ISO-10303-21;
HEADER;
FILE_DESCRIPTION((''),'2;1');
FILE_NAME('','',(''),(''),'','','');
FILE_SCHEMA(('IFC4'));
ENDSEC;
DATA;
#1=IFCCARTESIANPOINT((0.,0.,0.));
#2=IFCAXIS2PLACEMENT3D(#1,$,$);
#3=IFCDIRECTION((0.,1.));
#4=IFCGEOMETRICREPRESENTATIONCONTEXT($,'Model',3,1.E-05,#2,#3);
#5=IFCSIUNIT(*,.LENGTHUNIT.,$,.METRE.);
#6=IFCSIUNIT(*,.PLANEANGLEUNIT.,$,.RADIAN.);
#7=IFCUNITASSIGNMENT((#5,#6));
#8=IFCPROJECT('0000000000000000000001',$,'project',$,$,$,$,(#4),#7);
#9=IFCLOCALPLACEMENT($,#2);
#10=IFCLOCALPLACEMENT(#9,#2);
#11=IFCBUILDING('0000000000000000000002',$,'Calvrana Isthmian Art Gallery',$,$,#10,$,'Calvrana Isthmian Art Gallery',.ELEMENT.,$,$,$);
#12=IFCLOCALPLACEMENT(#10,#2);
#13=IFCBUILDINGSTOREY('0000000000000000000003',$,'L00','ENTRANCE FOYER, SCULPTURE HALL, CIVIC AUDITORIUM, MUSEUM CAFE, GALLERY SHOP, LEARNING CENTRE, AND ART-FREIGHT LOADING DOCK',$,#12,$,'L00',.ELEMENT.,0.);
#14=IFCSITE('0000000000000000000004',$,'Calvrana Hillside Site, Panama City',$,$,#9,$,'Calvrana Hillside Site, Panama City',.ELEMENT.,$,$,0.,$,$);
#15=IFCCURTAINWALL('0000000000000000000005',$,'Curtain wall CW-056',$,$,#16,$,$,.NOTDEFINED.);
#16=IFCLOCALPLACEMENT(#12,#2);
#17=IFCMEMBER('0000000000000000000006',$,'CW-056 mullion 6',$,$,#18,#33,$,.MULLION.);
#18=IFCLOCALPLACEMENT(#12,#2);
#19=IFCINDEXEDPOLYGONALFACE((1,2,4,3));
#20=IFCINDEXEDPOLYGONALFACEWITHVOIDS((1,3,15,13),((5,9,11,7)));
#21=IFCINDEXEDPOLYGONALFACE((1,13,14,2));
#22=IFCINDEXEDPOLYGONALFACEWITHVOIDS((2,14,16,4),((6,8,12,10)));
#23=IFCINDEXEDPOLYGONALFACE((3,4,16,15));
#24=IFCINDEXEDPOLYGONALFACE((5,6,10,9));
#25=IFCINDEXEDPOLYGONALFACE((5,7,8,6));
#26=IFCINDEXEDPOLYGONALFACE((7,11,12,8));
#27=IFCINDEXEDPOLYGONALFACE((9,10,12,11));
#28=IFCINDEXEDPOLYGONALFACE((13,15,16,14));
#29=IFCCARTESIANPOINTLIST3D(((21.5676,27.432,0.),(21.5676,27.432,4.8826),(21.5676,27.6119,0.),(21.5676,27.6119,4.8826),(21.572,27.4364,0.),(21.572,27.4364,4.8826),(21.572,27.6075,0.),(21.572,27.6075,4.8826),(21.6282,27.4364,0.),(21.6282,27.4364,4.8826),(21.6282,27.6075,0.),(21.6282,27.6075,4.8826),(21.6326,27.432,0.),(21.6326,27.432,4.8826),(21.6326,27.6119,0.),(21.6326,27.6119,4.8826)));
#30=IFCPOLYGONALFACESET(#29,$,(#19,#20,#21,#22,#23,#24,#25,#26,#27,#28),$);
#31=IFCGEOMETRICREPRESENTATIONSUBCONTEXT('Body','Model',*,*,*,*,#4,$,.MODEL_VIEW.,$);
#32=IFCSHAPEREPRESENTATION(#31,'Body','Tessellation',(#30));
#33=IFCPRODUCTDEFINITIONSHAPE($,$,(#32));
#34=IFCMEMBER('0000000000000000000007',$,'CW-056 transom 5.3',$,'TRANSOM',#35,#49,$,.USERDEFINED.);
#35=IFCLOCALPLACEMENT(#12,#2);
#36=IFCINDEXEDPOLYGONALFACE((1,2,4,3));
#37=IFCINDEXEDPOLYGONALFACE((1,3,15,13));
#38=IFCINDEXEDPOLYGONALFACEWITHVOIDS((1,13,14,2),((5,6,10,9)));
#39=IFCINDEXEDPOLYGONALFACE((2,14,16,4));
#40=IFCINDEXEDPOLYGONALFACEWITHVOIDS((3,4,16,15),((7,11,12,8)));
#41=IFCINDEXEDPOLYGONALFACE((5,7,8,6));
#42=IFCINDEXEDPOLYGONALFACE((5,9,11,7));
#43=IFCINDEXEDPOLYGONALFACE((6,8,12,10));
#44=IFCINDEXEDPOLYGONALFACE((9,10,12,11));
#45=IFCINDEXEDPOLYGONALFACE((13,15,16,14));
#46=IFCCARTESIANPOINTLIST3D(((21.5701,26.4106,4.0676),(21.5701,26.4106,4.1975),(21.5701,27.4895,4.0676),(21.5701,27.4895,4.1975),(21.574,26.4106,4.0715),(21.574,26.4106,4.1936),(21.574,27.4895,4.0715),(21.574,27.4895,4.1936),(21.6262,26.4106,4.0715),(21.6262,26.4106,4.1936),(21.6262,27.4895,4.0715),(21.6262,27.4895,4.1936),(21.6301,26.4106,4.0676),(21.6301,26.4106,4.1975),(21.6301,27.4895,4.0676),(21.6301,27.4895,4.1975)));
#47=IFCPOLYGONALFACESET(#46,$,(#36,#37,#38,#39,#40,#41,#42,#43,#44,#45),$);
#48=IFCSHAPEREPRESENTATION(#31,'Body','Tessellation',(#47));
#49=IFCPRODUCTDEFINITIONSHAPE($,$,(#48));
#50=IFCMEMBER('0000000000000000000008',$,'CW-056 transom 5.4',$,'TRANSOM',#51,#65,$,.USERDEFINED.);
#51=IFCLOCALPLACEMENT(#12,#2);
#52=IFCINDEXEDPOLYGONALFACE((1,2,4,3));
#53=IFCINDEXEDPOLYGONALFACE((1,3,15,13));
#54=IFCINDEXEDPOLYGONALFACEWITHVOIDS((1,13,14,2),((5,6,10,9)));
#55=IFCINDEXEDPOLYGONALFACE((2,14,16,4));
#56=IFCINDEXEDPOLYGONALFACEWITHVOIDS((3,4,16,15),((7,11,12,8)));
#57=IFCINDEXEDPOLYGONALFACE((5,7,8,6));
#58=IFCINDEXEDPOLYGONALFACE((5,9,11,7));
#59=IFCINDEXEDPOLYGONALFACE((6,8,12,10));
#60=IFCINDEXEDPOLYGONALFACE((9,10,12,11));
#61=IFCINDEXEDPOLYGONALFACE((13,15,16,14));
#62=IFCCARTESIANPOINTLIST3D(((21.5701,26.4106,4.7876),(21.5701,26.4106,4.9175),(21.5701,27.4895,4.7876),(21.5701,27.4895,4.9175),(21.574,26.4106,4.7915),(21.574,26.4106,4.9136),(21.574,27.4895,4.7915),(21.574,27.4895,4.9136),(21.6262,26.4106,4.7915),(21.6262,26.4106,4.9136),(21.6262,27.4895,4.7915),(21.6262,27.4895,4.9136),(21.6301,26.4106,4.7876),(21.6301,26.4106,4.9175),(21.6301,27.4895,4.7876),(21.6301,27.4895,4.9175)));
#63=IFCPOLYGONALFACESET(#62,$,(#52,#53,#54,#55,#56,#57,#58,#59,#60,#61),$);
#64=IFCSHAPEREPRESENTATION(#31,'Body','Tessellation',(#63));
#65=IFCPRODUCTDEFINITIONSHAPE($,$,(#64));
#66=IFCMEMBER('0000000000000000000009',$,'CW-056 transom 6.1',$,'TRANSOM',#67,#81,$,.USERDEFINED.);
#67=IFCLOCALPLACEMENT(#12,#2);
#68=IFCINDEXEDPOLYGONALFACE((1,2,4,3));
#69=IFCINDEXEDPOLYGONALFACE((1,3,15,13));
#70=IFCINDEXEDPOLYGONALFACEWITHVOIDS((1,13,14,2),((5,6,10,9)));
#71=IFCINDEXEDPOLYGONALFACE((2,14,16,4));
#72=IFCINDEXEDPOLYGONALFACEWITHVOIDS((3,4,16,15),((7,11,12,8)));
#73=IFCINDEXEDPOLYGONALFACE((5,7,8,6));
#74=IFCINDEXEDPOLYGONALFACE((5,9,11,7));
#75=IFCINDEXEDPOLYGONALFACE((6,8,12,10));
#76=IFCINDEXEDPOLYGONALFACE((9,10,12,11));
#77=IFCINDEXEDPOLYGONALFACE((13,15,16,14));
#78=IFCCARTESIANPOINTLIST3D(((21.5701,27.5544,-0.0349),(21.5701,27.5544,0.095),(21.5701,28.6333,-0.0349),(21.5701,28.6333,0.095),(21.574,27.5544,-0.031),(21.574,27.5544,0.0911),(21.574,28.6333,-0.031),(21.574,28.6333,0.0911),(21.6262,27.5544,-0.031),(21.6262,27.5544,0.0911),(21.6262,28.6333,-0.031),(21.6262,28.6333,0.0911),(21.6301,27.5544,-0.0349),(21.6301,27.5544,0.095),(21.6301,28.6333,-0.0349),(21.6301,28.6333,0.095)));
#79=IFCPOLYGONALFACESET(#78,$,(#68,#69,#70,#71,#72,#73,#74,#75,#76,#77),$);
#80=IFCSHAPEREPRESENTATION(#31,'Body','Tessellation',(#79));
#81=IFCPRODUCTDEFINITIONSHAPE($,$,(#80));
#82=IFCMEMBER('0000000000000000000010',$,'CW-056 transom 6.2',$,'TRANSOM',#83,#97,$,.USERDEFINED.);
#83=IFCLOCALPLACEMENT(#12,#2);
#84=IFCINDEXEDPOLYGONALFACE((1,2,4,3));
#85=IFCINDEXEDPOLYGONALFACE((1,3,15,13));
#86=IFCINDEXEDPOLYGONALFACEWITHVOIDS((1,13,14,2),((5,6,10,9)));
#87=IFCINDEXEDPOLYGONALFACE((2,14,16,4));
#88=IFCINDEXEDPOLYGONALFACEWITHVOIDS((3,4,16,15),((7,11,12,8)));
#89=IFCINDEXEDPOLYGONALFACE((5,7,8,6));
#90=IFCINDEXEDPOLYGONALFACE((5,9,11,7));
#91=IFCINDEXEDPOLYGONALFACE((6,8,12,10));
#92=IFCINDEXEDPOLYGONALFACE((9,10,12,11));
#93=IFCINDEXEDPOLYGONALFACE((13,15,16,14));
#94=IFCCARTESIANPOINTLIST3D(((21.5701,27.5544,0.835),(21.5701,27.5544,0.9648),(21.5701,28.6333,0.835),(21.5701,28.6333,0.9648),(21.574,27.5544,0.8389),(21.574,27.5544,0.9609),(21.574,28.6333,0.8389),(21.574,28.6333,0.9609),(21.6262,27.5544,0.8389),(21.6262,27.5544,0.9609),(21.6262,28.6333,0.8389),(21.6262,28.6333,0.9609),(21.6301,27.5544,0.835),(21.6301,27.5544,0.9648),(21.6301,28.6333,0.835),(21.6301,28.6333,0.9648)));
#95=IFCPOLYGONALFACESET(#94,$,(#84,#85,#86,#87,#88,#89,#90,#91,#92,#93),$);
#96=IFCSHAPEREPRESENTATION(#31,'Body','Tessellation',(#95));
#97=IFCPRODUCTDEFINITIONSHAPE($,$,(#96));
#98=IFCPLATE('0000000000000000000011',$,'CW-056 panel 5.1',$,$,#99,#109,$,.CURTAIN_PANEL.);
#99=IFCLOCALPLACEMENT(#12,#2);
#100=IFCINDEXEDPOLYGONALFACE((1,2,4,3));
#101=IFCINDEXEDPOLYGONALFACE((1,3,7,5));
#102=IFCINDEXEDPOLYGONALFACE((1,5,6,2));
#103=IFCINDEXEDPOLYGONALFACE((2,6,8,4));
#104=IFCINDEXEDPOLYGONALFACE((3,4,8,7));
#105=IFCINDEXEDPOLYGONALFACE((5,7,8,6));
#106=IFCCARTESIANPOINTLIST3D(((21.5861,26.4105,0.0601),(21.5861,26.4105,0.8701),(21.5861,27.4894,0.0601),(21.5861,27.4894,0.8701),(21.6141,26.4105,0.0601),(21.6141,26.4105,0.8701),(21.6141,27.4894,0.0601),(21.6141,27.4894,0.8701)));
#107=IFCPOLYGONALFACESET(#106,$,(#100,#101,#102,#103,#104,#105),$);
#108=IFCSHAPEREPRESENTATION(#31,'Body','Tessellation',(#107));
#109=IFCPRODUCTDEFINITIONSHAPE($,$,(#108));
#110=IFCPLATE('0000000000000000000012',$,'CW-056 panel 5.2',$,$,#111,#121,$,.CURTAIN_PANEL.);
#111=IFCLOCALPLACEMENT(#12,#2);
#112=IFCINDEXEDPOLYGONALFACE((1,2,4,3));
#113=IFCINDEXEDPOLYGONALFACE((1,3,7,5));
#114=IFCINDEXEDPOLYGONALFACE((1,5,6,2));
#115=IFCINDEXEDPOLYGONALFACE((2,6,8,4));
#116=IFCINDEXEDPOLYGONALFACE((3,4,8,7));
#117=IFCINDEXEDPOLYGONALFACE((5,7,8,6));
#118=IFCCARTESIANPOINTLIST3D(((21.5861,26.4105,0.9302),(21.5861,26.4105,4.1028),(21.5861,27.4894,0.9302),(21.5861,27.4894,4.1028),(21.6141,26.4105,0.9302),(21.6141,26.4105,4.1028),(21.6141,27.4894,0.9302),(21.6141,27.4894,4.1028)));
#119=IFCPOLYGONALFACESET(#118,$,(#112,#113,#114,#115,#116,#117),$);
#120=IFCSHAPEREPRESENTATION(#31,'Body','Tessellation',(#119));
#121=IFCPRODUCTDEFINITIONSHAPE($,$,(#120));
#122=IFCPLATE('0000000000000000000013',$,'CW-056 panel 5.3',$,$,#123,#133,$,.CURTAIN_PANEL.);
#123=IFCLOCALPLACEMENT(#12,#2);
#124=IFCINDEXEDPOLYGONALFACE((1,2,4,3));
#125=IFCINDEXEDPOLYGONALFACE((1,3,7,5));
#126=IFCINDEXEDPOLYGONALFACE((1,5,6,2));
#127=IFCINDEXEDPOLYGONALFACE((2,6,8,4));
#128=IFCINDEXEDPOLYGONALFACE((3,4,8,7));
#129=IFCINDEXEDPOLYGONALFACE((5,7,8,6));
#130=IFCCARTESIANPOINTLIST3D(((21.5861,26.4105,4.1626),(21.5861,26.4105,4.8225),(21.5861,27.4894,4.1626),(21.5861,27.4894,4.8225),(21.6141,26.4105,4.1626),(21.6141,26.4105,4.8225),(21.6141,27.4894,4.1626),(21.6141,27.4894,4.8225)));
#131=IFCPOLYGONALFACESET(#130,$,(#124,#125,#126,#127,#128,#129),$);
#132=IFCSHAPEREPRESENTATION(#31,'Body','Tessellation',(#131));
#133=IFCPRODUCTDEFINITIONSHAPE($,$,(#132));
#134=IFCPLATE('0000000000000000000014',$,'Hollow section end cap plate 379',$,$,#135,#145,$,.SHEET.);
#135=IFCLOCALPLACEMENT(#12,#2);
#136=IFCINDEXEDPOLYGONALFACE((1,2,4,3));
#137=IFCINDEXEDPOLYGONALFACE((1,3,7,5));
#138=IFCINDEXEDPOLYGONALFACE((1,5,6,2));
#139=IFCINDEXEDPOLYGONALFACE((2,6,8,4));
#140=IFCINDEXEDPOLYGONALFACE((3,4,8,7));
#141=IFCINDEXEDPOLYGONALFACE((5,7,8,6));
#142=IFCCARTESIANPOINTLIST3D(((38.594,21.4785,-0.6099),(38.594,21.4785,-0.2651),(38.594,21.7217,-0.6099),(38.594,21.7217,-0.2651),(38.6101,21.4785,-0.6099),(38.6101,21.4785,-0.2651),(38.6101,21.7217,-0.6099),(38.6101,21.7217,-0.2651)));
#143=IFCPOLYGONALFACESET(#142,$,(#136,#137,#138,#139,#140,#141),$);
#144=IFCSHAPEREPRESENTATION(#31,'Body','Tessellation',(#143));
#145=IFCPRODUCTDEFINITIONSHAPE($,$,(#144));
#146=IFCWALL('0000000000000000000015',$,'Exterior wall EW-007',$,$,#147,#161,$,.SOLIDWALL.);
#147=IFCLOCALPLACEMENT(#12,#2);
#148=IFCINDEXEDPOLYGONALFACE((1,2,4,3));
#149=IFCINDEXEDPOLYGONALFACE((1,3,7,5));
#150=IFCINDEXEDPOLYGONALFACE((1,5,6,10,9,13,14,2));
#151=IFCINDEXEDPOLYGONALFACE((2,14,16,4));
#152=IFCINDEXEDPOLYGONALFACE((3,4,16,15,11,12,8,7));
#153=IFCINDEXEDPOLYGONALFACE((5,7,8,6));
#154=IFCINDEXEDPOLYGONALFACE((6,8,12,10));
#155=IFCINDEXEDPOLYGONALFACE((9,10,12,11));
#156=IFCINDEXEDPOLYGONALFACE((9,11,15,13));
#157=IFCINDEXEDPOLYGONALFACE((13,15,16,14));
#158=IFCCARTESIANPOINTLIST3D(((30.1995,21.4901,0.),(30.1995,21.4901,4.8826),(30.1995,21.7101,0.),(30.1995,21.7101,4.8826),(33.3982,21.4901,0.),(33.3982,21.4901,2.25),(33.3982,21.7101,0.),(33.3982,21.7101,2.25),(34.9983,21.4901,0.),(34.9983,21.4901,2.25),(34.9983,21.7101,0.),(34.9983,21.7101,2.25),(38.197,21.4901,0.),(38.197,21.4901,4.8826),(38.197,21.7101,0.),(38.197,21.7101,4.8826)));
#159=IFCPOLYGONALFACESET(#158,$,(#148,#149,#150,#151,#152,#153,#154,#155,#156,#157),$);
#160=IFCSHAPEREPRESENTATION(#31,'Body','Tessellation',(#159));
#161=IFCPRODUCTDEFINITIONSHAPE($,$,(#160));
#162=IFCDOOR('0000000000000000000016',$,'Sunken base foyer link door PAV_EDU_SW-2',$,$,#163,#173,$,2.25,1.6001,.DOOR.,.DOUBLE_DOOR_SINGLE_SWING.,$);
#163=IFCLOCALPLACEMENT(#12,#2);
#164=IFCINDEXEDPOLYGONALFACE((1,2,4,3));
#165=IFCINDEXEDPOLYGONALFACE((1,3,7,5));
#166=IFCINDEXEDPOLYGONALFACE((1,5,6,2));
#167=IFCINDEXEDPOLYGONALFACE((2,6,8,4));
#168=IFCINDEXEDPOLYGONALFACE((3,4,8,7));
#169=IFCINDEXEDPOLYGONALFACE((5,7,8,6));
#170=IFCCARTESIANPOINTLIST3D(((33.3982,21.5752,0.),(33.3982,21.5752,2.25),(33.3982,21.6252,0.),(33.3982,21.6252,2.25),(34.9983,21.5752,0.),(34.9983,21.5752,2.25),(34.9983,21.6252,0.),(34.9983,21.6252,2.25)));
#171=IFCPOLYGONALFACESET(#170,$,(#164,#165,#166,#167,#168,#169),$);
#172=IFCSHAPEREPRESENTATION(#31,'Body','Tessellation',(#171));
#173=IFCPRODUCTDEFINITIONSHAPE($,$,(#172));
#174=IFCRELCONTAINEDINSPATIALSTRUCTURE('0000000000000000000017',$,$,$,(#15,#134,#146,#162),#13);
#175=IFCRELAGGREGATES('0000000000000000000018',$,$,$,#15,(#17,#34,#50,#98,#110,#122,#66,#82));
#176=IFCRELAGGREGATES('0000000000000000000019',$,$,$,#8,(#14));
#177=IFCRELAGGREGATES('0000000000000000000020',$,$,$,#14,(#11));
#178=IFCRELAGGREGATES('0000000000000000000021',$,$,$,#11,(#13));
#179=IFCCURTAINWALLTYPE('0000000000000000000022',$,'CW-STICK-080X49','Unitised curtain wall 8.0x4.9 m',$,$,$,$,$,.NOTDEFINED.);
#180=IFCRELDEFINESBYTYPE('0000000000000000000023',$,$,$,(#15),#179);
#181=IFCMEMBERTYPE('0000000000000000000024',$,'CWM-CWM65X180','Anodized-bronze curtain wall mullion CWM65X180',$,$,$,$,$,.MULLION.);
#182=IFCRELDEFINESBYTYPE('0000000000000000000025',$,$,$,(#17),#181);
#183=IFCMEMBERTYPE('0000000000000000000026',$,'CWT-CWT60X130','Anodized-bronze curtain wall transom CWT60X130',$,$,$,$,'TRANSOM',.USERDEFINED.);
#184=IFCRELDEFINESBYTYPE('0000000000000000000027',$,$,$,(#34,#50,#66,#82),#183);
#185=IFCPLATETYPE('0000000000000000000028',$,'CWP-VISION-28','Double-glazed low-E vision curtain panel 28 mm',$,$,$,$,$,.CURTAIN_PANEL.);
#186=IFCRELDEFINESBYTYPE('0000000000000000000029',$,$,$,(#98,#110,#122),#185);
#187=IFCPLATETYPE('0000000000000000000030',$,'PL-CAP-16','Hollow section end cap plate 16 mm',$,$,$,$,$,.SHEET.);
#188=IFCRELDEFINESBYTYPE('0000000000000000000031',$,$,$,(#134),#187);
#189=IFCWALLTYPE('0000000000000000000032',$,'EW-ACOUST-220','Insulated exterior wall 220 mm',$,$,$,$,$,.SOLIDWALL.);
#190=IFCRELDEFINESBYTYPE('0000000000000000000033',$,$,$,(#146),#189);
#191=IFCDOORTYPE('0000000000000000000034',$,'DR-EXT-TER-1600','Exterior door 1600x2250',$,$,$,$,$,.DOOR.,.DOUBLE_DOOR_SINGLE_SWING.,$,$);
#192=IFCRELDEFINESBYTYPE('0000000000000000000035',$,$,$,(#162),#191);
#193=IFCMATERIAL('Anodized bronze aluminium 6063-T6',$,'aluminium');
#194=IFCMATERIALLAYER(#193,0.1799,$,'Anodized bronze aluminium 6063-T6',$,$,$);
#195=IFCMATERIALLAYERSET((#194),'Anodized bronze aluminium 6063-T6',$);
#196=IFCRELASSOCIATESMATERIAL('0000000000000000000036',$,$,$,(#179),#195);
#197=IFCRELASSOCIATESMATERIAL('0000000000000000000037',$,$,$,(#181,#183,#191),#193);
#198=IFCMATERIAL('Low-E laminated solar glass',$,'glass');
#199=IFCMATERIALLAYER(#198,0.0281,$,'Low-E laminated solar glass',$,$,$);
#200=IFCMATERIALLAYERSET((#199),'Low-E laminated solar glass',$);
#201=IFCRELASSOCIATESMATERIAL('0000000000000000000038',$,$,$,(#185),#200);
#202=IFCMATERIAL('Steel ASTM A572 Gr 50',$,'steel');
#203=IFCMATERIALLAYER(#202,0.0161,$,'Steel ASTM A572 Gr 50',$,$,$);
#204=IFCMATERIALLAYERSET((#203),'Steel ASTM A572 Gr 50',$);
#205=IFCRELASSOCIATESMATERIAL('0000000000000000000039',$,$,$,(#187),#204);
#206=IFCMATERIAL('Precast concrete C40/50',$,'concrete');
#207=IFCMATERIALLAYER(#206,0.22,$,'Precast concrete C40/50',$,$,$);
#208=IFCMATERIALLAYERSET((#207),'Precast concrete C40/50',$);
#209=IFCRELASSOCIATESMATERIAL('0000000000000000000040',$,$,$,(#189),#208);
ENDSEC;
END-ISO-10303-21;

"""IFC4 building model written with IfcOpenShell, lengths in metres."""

from ifc_helpers import new_model, si_unit, direction, frame, frame_2d, origin, origin_2d, place, context, subcontext, project, spatial, rectangle, hollow_rectangle, extrude, material, layer, layer_set, material_profile, profile_set, type_object, element, fill, aggregate, save


model = new_model("IFC4")

# Units and contexts
model_context = context("Model", 3, precision=1e-05, world=origin(), true_north=direction((0.0, 1.0)))
body_context = subcontext(model_context, "Body", "Model", "MODEL_VIEW")
ifc_project = project(units=[si_unit("LENGTHUNIT", "METRE"), si_unit("PLANEANGLEUNIT", "RADIAN")], contexts=[model_context])

# Site, building, storey
site_placement = place(None, origin())
site = spatial("IfcSite", under=ifc_project, at=site_placement, Name="Calvrana Hillside Site, Panama City", LongName="Calvrana Hillside Site, Panama City", CompositionType="ELEMENT", RefElevation=0.0)
building_placement = place(site_placement, origin())
building = spatial("IfcBuilding", under=site, at=building_placement, Name="Calvrana Isthmian Art Gallery", LongName="Calvrana Isthmian Art Gallery", CompositionType="ELEMENT")
storey_placement = place(building_placement, origin())
storey = spatial("IfcBuildingStorey", under=building, at=storey_placement, Name="L00", Description="ENTRANCE FOYER, SCULPTURE HALL, CIVIC AUDITORIUM, MUSEUM CAFE, GALLERY SHOP, LEARNING CENTRE, AND ART-FREIGHT LOADING DOCK", LongName="L00", CompositionType="ELEMENT", Elevation=0.0)

# Curtain wall, members, plates
ifc_material_1 = material(Name="Anodized bronze aluminium 6063-T6", Category="aluminium")
ifc_layer_1 = layer(ifc_material_1, 0.1799, Name="Anodized bronze aluminium 6063-T6")
ifc_layer_set_1 = layer_set([ifc_layer_1], Name="Anodized bronze aluminium 6063-T6")
curtain_wall_type = type_object("IfcCurtainWallType", Name="CW-STICK-080X49", Description="Unitised curtain wall 8.0x4.9 m", PredefinedType="NOTDEFINED", material=ifc_layer_set_1)
curtain_wall_placement = place(storey_placement, origin())
curtain_wall = element("IfcCurtainWall", 1, at=curtain_wall_placement, inside=storey, type_object=curtain_wall_type, Name="Curtain wall CW-056", PredefinedType="NOTDEFINED")
ifc_material_profile_1 = material_profile(ifc_material_1, hollow_rectangle(XDim=0.0649, YDim=0.1799, WallThickness=0.0044, at=origin_2d()), Name="CWM65X180")
ifc_profile_set_1 = profile_set([ifc_material_profile_1], Name="Anodized bronze aluminium 6063-T6")
member_type_1 = type_object("IfcMemberType", Name="CWM-CWM65X180", Description="Anodized-bronze curtain wall mullion CWM65X180", PredefinedType="MULLION", material=ifc_profile_set_1)
member_1_placement = place(storey_placement, frame((21.6001, 27.522, 0.0), z_axis=(0.0, 0.0, 1.0), x_axis=(-1.0, 0.0, 0.0)))
member_1 = element("IfcMember", 2, at=member_1_placement, type_object=member_type_1, Name="CW-056 mullion 6", PredefinedType="MULLION", context=body_context, shape_type="SweptSolid", body=[
    extrude(hollow_rectangle(XDim=0.0649, YDim=0.1799, WallThickness=0.0044, at=origin_2d()), origin(), (0.0, 0.0, 1.0), 4.8826),
])
ifc_material_profile_2 = material_profile(ifc_material_1, hollow_rectangle(XDim=0.0601, YDim=0.1299, WallThickness=0.0039, at=origin_2d()), Name="CWT60X130")
ifc_profile_set_2 = profile_set([ifc_material_profile_2], Name="Anodized bronze aluminium 6063-T6")
member_type_2 = type_object("IfcMemberType", Name="CWT-CWT60X130", Description="Anodized-bronze curtain wall transom CWT60X130", ElementType="TRANSOM", PredefinedType="USERDEFINED", material=ifc_profile_set_2)
member_2_placement = place(storey_placement, frame((21.6001, 26.4106, 4.1326), z_axis=(0.0, 1.0, 0.0), x_axis=(-1.0, 0.0, 0.0)))
member_2 = element("IfcMember", 3, at=member_2_placement, type_object=member_type_2, Name="CW-056 transom 5.3", ObjectType="TRANSOM", PredefinedType="USERDEFINED", context=body_context, shape_type="SweptSolid", body=[
    extrude(hollow_rectangle(XDim=0.0601, YDim=0.1299, WallThickness=0.0039, at=origin_2d()), origin(), (0.0, 0.0, 1.0), 1.0789),
])
member_3_placement = place(storey_placement, frame((21.6001, 26.4106, 4.8525), z_axis=(0.0, 1.0, 0.0), x_axis=(-1.0, 0.0, 0.0)))
member_3 = element("IfcMember", 4, at=member_3_placement, type_object=member_type_2, Name="CW-056 transom 5.4", ObjectType="TRANSOM", PredefinedType="USERDEFINED", context=body_context, shape_type="SweptSolid", body=[
    extrude(hollow_rectangle(XDim=0.0601, YDim=0.1299, WallThickness=0.0039, at=origin_2d()), origin(), (0.0, 0.0, 1.0), 1.0789),
])
member_4_placement = place(storey_placement, frame((21.6001, 27.5544, 0.03), z_axis=(0.0, 1.0, 0.0), x_axis=(-1.0, 0.0, 0.0)))
member_4 = element("IfcMember", 5, at=member_4_placement, type_object=member_type_2, Name="CW-056 transom 6.1", ObjectType="TRANSOM", PredefinedType="USERDEFINED", context=body_context, shape_type="SweptSolid", body=[
    extrude(hollow_rectangle(XDim=0.0601, YDim=0.1299, WallThickness=0.0039, at=origin_2d()), origin(), (0.0, 0.0, 1.0), 1.0789),
])
member_5_placement = place(storey_placement, frame((21.6001, 27.5544, 0.8999), z_axis=(0.0, 1.0, 0.0), x_axis=(-1.0, 0.0, 0.0)))
member_5 = element("IfcMember", 6, at=member_5_placement, type_object=member_type_2, Name="CW-056 transom 6.2", ObjectType="TRANSOM", PredefinedType="USERDEFINED", context=body_context, shape_type="SweptSolid", body=[
    extrude(hollow_rectangle(XDim=0.0601, YDim=0.1299, WallThickness=0.0039, at=origin_2d()), origin(), (0.0, 0.0, 1.0), 1.0789),
])
ifc_material_2 = material(Name="Low-E laminated solar glass", Category="glass")
ifc_layer_2 = layer(ifc_material_2, 0.0281, Name="Low-E laminated solar glass")
ifc_layer_set_2 = layer_set([ifc_layer_2], Name="Low-E laminated solar glass")
plate_type_1 = type_object("IfcPlateType", Name="CWP-VISION-28", Description="Double-glazed low-E vision curtain panel 28 mm", PredefinedType="CURTAIN_PANEL", material=ifc_layer_set_2)
plate_1_placement = place(storey_placement, frame((21.6001, 26.95, 0.0601), z_axis=(0.0, 0.0, 1.0), x_axis=(0.0, 1.0, 0.0)))
plate_1 = element("IfcPlate", 7, at=plate_1_placement, type_object=plate_type_1, Name="CW-056 panel 5.1", PredefinedType="CURTAIN_PANEL", context=body_context, shape_type="SweptSolid", body=[
    extrude(rectangle(XDim=1.0789, YDim=0.0281, at=origin_2d()), origin(), (0.0, 0.0, 1.0), 0.8101),
])
plate_2_placement = place(storey_placement, frame((21.6001, 26.95, 0.9302), z_axis=(0.0, 0.0, 1.0), x_axis=(0.0, 1.0, 0.0)))
plate_2 = element("IfcPlate", 8, at=plate_2_placement, type_object=plate_type_1, Name="CW-056 panel 5.2", PredefinedType="CURTAIN_PANEL", context=body_context, shape_type="SweptSolid", body=[
    extrude(rectangle(XDim=1.0789, YDim=0.0281, at=origin_2d()), origin(), (0.0, 0.0, 1.0), 3.1726),
])
plate_3_placement = place(storey_placement, frame((21.6001, 26.95, 4.1626), z_axis=(0.0, 0.0, 1.0), x_axis=(0.0, 1.0, 0.0)))
plate_3 = element("IfcPlate", 9, at=plate_3_placement, type_object=plate_type_1, Name="CW-056 panel 5.3", PredefinedType="CURTAIN_PANEL", context=body_context, shape_type="SweptSolid", body=[
    extrude(rectangle(XDim=1.0789, YDim=0.0281, at=origin_2d()), origin(), (0.0, 0.0, 1.0), 0.6599),
])
aggregate(curtain_wall, [member_1, member_2, member_3, plate_1, plate_2, plate_3, member_4, member_5])

# Plate
ifc_material_3 = material(Name="Steel ASTM A572 Gr 50", Category="steel")
ifc_layer_3 = layer(ifc_material_3, 0.0161, Name="Steel ASTM A572 Gr 50")
ifc_layer_set_3 = layer_set([ifc_layer_3], Name="Steel ASTM A572 Gr 50")
plate_type_2 = type_object("IfcPlateType", Name="PL-CAP-16", Description="Hollow section end cap plate 16 mm", PredefinedType="SHEET", material=ifc_layer_set_3)
plate_4_placement = place(storey_placement, frame((38.6021, 21.6001, -0.6099), z_axis=(0.0, 0.0, 1.0), x_axis=(1.0, 0.0, 0.0)))
element("IfcPlate", 10, at=plate_4_placement, inside=storey, type_object=plate_type_2, Name="Hollow section end cap plate 379", PredefinedType="SHEET", context=body_context, shape_type="SweptSolid", body=[
    extrude(rectangle(XDim=0.0161, YDim=0.2432, at=origin_2d()), origin(), (0.0, 0.0, 1.0), 0.3447),
])

# Wall, opening, door
ifc_material_4 = material(Name="Precast concrete C40/50", Category="concrete")
ifc_layer_4 = layer(ifc_material_4, 0.22, Name="Precast concrete C40/50")
ifc_layer_set_4 = layer_set([ifc_layer_4], Name="Precast concrete C40/50")
wall_type_1 = type_object("IfcWallType", Name="EW-ACOUST-220", Description="Insulated exterior wall 220 mm", PredefinedType="SOLIDWALL", material=ifc_layer_set_4)
wall_1_placement = place(storey_placement, frame((38.197, 21.6001, 0.0), z_axis=(0.0, 0.0, 1.0), x_axis=(-1.0, 0.0, 0.0)))
wall_1 = element("IfcWall", 11, at=wall_1_placement, inside=storey, type_object=wall_type_1, Name="Exterior wall EW-007", PredefinedType="SOLIDWALL", context=body_context, shape_type="SweptSolid", body=[
    extrude(rectangle(XDim=7.9976, YDim=0.22, at=frame_2d((3.9988, 0.0))), origin(), (0.0, 0.0, 1.0), 4.8826),
])
opening_placement = place(wall_1_placement, frame((3.1987, 0.0, 0.0)))
opening = element("IfcOpeningElement", 12, at=opening_placement, cuts=wall_1, PredefinedType="OPENING", context=body_context, shape_type="SweptSolid", body=[
    extrude(rectangle(XDim=1.6001, YDim=2.25, at=frame_2d((0.8, 1.125))), frame((0.0, 0.1201, 0.0), z_axis=(0.0, -1.0, 0.0), x_axis=(1.0, 0.0, 0.0)), (0.0, 0.0, 1.0), 0.2405),
])
door_type = type_object("IfcDoorType", Name="DR-EXT-TER-1600", Description="Exterior door 1600x2250", OperationType="DOUBLE_DOOR_SINGLE_SWING", PredefinedType="DOOR", material=ifc_material_1)
door_placement = place(opening_placement, origin())
door = element("IfcDoor", 13, at=door_placement, inside=storey, type_object=door_type, Name="Sunken base foyer link door PAV_EDU_SW-2", OperationType="DOUBLE_DOOR_SINGLE_SWING", OverallHeight=2.25, OverallWidth=1.6001, PredefinedType="DOOR", context=body_context, shape_type="SweptSolid", body=[
    extrude(rectangle(XDim=1.6001, YDim=2.25, at=frame_2d((0.8, 1.125))), frame((0.0, 0.0249, 0.0), z_axis=(0.0, -1.0, 0.0), x_axis=(1.0, 0.0, 0.0)), (0.0, 0.0, 1.0), 0.05),
])
fill(opening, door)

save(model, "model.ifc")
